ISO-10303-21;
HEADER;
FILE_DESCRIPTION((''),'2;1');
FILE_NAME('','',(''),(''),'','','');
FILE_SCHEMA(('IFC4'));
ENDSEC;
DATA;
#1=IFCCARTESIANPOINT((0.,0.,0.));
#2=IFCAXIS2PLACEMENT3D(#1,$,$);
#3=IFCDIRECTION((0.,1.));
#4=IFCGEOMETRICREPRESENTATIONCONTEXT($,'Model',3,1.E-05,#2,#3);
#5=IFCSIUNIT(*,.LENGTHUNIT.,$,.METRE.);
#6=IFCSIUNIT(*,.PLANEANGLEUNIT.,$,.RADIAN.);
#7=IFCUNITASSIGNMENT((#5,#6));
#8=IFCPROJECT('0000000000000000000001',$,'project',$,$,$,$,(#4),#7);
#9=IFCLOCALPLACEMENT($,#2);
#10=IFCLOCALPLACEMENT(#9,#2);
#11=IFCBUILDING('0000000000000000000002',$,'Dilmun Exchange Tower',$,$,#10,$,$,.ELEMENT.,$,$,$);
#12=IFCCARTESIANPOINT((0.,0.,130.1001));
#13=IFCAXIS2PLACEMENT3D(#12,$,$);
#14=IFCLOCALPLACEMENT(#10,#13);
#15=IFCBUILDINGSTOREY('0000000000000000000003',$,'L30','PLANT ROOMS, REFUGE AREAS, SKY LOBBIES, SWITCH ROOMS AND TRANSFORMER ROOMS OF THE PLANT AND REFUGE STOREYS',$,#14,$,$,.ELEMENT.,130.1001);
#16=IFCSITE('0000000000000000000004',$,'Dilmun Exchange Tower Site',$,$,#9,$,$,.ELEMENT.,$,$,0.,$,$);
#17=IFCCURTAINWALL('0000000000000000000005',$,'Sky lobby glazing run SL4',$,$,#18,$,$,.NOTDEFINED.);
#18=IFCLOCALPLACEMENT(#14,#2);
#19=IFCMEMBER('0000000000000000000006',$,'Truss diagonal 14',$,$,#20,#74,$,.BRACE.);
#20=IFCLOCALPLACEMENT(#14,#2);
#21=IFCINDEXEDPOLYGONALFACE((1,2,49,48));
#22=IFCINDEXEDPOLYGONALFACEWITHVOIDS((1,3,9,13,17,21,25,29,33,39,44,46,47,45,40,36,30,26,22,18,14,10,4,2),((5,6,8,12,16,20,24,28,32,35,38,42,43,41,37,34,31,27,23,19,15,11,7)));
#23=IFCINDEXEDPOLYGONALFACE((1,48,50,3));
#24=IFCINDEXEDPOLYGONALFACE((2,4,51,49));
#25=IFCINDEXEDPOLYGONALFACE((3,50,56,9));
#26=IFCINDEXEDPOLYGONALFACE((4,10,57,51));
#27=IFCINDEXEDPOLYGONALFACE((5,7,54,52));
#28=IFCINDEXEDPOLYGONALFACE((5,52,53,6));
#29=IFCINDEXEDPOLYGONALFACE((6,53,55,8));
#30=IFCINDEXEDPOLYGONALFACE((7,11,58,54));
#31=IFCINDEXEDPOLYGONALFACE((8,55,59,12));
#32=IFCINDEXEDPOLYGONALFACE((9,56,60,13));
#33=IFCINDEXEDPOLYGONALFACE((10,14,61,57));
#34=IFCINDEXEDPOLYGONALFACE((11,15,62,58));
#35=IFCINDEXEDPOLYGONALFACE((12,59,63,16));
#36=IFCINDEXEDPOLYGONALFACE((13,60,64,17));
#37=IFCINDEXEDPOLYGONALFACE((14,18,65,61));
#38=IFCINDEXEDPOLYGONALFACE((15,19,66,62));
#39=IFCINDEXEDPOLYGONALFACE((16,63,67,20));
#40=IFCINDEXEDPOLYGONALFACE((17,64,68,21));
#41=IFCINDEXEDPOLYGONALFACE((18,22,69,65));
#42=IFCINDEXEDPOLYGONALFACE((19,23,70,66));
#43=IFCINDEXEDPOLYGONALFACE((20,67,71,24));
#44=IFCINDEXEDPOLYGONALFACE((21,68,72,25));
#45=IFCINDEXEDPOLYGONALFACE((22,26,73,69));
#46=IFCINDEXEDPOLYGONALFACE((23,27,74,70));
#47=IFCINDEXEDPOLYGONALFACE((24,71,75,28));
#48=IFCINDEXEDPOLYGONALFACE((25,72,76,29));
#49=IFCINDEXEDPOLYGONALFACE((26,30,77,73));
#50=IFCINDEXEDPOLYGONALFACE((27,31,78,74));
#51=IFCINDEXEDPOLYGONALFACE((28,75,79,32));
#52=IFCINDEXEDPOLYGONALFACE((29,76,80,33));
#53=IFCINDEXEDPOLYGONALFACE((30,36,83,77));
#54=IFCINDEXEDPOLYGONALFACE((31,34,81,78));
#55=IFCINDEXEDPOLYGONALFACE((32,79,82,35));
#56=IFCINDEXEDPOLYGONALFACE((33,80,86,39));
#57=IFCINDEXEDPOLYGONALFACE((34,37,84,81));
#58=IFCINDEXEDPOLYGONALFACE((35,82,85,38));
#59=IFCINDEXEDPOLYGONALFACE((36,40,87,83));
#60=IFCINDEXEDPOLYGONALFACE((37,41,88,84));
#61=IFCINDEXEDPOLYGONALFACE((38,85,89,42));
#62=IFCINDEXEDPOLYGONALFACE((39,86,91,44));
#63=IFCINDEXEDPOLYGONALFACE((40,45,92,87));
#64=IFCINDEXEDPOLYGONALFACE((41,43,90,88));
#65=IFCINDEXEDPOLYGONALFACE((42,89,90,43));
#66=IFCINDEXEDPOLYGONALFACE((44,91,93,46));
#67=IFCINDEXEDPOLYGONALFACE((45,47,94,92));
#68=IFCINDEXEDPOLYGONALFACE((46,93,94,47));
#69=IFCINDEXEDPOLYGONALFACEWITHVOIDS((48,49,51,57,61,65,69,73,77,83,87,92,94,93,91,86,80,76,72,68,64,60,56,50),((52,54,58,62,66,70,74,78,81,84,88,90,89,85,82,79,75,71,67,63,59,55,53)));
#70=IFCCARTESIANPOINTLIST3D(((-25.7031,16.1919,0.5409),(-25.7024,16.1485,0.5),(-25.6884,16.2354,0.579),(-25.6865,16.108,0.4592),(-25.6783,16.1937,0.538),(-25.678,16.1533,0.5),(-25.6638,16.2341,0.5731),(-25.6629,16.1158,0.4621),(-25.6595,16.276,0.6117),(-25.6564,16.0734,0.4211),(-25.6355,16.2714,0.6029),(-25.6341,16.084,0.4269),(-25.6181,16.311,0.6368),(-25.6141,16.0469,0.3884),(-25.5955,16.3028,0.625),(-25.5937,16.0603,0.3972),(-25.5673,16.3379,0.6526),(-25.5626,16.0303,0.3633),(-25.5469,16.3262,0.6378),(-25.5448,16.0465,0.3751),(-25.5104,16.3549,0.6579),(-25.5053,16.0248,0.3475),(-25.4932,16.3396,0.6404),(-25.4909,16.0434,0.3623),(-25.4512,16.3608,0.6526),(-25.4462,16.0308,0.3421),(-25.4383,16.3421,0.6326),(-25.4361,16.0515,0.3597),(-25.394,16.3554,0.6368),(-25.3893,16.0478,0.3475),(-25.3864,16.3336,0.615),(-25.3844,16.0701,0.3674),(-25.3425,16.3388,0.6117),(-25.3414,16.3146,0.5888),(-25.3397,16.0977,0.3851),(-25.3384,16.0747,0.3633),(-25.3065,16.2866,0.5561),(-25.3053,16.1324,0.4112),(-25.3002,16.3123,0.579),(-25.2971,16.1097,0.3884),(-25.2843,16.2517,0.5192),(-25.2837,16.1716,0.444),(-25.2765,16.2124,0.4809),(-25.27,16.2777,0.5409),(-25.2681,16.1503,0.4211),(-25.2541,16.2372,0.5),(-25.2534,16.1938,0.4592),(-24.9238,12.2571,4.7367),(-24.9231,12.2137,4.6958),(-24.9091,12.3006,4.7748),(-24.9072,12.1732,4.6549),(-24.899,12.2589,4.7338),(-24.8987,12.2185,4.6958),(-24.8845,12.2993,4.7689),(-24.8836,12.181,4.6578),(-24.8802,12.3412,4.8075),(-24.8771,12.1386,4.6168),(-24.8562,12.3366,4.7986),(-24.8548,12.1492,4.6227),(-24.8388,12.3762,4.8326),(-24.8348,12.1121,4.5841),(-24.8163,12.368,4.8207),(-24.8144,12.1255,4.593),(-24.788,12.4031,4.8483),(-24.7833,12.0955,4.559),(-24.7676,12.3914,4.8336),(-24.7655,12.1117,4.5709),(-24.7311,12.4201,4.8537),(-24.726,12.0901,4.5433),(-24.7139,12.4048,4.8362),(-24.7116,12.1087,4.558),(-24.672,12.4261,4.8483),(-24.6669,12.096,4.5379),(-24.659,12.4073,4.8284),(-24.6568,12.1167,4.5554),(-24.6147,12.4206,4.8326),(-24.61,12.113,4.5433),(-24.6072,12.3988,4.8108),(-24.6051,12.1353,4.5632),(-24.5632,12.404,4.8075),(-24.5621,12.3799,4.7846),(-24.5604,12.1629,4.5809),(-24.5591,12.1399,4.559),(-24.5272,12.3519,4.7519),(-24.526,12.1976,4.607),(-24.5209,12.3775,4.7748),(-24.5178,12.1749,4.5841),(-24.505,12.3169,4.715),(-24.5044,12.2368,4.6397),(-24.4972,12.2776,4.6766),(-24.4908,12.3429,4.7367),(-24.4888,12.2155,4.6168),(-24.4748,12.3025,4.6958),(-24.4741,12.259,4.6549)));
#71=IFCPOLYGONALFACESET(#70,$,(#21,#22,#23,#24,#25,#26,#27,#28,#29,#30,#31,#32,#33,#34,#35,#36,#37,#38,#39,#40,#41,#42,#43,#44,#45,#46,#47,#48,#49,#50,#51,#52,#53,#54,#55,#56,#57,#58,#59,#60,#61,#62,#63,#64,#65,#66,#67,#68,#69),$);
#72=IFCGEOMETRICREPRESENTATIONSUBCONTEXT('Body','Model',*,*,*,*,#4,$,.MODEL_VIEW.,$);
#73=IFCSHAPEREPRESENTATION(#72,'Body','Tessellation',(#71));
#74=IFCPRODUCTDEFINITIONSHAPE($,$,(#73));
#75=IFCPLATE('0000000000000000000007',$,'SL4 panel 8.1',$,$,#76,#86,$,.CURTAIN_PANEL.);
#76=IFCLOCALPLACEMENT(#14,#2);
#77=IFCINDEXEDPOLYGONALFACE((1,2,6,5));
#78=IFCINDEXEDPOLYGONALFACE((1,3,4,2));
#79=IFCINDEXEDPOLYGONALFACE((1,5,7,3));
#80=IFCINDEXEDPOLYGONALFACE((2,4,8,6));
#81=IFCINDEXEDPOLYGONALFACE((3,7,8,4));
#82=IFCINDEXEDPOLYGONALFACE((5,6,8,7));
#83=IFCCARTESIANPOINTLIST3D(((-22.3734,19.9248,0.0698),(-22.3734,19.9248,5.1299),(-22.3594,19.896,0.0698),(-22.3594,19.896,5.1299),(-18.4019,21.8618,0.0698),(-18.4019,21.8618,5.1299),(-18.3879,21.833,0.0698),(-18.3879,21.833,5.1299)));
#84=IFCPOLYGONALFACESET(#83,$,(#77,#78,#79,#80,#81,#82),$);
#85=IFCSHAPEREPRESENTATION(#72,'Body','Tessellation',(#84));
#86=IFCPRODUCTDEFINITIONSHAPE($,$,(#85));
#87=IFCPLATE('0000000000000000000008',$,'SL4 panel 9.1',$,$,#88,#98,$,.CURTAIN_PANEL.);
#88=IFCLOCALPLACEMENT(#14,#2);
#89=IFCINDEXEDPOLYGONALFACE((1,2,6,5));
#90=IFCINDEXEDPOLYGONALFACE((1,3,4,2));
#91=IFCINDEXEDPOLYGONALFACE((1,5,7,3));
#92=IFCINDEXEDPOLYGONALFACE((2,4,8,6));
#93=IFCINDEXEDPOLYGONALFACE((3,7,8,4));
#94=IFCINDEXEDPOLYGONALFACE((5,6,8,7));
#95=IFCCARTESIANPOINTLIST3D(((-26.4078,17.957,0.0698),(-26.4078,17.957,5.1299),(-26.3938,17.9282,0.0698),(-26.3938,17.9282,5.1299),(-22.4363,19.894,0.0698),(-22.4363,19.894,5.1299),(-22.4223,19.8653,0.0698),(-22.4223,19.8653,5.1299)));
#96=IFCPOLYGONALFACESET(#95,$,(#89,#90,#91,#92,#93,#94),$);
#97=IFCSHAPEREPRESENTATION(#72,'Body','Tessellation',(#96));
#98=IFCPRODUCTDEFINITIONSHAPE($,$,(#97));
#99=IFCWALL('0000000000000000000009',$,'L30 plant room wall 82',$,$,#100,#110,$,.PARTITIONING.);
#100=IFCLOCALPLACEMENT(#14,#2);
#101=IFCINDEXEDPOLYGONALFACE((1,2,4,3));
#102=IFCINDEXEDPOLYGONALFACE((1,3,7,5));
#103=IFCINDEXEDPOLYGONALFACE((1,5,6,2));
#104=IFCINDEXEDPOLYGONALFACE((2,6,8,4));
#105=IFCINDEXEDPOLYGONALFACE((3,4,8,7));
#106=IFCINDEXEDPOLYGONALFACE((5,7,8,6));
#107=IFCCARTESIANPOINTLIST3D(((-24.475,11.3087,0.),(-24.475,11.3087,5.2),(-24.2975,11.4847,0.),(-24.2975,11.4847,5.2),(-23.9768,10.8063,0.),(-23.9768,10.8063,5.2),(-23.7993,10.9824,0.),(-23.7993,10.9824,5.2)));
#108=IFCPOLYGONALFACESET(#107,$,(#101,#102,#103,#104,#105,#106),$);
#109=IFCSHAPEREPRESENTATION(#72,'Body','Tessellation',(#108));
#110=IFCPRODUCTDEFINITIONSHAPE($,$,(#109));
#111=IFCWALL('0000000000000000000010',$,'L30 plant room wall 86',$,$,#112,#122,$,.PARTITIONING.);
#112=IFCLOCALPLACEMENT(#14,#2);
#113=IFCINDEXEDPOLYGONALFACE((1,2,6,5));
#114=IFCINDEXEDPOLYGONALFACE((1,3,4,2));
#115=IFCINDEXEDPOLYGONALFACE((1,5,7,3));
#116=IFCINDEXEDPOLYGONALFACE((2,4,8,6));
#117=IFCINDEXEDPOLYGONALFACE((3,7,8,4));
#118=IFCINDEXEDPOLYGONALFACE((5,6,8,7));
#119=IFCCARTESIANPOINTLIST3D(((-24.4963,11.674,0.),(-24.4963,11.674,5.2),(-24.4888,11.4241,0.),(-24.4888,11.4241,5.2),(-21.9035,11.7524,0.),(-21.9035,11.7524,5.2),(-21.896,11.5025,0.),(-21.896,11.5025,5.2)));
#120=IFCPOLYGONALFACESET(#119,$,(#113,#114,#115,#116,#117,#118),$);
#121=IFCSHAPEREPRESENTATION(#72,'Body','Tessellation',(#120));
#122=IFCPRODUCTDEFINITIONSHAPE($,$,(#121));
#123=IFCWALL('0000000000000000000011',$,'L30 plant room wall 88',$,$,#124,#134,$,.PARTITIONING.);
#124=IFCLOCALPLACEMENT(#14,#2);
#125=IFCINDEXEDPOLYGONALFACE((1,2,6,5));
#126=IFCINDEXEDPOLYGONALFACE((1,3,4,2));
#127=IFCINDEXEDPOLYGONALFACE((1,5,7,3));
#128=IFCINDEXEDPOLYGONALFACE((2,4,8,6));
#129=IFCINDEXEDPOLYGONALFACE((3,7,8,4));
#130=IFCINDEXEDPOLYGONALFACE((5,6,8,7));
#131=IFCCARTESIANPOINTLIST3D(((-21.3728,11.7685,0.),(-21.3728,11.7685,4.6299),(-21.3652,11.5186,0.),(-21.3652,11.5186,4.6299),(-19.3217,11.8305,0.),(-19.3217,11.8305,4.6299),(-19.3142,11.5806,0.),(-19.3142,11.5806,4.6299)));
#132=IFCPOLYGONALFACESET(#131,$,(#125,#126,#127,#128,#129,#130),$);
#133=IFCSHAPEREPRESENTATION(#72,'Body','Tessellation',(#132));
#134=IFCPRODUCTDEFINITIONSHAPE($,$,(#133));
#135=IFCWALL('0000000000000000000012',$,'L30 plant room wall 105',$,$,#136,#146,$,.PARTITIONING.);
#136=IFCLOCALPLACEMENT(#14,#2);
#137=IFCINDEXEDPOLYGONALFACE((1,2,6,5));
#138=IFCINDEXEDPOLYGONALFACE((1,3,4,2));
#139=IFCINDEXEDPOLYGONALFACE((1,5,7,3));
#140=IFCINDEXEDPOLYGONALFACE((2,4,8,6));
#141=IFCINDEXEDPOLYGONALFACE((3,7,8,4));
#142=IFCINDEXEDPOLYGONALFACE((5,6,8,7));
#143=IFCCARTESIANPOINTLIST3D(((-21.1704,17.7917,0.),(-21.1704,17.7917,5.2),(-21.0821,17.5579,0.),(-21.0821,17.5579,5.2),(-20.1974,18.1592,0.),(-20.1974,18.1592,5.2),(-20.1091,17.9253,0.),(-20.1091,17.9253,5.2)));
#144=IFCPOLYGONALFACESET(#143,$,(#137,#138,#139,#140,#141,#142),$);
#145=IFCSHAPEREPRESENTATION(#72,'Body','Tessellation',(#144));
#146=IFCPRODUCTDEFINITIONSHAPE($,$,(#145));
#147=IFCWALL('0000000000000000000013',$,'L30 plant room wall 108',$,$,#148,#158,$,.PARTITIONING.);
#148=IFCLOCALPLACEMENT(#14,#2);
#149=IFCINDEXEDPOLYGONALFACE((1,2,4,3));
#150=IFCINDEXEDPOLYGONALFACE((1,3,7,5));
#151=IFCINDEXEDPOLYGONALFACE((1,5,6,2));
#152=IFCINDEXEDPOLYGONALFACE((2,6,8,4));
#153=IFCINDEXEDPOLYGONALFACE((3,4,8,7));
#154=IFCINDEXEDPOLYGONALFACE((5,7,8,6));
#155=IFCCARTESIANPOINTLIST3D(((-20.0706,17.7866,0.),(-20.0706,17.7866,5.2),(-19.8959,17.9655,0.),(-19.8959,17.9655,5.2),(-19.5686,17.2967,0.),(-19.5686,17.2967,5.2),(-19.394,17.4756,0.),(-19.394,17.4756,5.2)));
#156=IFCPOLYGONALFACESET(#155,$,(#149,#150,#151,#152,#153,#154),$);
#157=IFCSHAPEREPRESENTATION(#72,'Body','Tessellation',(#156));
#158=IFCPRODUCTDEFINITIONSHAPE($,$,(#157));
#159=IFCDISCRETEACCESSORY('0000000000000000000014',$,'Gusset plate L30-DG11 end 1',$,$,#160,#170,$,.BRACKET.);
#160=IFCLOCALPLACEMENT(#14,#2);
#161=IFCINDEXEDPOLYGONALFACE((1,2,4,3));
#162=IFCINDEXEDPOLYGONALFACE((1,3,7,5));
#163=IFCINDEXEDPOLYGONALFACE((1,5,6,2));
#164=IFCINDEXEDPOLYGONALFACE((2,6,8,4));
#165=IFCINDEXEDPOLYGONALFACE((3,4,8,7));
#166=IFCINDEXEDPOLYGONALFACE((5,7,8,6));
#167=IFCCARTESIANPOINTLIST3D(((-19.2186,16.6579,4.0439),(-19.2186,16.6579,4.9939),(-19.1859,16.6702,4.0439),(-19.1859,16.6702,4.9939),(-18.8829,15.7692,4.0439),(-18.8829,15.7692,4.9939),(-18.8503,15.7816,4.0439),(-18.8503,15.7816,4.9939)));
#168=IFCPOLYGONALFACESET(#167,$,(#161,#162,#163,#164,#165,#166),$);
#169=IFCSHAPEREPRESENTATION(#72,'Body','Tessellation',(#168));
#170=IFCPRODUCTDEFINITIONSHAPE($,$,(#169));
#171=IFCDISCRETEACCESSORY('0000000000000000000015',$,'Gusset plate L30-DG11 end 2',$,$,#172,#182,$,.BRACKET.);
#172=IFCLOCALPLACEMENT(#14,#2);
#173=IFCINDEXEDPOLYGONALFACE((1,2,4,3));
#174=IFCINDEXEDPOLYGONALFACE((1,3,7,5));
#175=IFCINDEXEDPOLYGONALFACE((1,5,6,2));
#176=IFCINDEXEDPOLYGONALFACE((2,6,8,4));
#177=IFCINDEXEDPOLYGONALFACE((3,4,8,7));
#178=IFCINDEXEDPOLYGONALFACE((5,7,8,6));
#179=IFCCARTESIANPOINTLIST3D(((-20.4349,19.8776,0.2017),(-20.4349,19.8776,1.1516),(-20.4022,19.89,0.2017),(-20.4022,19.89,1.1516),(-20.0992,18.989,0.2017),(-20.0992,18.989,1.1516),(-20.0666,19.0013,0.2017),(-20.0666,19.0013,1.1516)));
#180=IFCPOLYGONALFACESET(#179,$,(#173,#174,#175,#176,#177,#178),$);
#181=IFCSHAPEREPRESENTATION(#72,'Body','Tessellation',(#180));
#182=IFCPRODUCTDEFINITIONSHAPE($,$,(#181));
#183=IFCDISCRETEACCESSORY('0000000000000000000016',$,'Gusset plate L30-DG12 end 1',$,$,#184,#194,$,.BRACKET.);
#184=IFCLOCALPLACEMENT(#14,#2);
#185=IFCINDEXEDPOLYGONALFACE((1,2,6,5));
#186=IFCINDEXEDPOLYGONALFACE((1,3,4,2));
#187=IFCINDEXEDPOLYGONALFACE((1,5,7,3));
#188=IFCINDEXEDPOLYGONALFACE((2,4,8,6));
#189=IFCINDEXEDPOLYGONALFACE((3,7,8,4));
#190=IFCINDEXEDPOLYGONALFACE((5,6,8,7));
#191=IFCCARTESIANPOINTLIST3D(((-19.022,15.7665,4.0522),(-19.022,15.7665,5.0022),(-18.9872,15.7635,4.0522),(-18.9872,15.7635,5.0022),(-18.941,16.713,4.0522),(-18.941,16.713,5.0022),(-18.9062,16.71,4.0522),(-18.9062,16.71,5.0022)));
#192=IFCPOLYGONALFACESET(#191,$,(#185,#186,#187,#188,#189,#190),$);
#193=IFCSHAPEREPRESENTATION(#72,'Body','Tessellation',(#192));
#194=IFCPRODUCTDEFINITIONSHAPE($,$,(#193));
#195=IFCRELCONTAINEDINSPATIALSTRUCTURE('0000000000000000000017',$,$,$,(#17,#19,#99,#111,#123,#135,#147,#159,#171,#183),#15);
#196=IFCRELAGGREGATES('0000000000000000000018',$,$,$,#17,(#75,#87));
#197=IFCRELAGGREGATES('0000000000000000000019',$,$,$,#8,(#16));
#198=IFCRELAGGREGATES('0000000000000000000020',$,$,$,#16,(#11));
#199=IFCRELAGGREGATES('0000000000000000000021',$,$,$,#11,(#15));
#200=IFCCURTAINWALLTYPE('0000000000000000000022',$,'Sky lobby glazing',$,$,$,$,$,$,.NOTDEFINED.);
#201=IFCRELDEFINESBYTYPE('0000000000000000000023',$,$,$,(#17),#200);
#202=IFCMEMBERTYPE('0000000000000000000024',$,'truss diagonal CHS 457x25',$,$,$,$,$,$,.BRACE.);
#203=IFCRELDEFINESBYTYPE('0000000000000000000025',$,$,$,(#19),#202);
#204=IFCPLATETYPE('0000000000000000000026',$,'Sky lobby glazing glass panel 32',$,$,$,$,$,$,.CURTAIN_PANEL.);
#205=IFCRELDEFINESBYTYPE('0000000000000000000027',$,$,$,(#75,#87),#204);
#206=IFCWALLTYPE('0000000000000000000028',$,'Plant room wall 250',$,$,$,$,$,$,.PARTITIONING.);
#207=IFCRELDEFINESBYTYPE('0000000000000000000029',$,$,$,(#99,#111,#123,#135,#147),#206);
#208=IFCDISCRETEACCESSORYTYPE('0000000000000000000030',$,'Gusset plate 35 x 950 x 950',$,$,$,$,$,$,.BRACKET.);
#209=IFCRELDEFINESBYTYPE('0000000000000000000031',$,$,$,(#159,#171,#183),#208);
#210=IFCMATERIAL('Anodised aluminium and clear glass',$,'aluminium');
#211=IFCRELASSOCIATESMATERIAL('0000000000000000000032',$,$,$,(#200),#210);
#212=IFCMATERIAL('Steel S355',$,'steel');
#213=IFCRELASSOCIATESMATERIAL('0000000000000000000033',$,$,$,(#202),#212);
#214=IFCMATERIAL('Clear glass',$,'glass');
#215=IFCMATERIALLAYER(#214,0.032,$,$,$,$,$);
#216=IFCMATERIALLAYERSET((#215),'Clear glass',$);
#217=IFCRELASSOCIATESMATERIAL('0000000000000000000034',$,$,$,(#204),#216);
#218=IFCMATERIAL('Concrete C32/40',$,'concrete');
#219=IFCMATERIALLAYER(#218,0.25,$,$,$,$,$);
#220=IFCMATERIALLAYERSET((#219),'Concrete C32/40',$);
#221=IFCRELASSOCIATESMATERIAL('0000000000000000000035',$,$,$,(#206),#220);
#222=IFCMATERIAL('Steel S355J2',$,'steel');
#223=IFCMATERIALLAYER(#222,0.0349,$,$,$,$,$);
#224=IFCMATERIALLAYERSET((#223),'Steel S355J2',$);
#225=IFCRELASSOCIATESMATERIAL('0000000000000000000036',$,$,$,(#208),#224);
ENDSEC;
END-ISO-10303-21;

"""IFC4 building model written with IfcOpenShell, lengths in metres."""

from ifc_helpers import new_model, si_unit, direction, frame, frame_2d, origin, origin_2d, place, context, subcontext, project, spatial, rectangle, hollow_circle, extrude, material, layer, layer_set, material_profile, profile_set, type_object, element, aggregate, save


model = new_model("IFC4")

# Units and contexts
model_context = context("Model", 3, precision=1e-05, world=origin(), true_north=direction((0.0, 1.0)))
body_context = subcontext(model_context, "Body", "Model", "MODEL_VIEW")
ifc_project = project(units=[si_unit("LENGTHUNIT", "METRE"), si_unit("PLANEANGLEUNIT", "RADIAN")], contexts=[model_context])

# Site, building, storey
site_placement = place(None, origin())
site = spatial("IfcSite", under=ifc_project, at=site_placement, Name="Dilmun Exchange Tower Site", CompositionType="ELEMENT", RefElevation=0.0)
building_placement = place(site_placement, origin())
building = spatial("IfcBuilding", under=site, at=building_placement, Name="Dilmun Exchange Tower", CompositionType="ELEMENT")
storey_placement = place(building_placement, frame((0.0, 0.0, 130.1001)))
storey = spatial("IfcBuildingStorey", under=building, at=storey_placement, Name="L30", Description="PLANT ROOMS, REFUGE AREAS, SKY LOBBIES, SWITCH ROOMS AND TRANSFORMER ROOMS OF THE PLANT AND REFUGE STOREYS", CompositionType="ELEMENT", Elevation=130.1001)

# Curtain wall
ifc_material_1 = material(Name="Anodised aluminium and clear glass", Category="aluminium")
curtain_wall_type = type_object("IfcCurtainWallType", Name="Sky lobby glazing", PredefinedType="NOTDEFINED", material=ifc_material_1)
curtain_wall_placement = place(storey_placement, origin())
curtain_wall = element("IfcCurtainWall", 1, at=curtain_wall_placement, inside=storey, type_object=curtain_wall_type, Name="Sky lobby glazing run SL4", PredefinedType="NOTDEFINED")

# Shared definitions
ifc_material_2 = material(Name="Steel S355", Category="steel")

# Member
ifc_material_profile_1 = material_profile(ifc_material_2, hollow_circle(Radius=0.2285, WallThickness=0.0249, at=origin_2d()), Name="CHS 457x25")
ifc_profile_set_1 = profile_set([ifc_material_profile_1], Name="Steel S355")
member_type_1 = type_object("IfcMemberType", Name="truss diagonal CHS 457x25", PredefinedType="BRACE", material=ifc_profile_set_1)
member_1_placement = place(storey_placement, frame((-24.699, 12.2581, 4.6958), z_axis=(-0.134252, 0.677864, -0.722825), x_axis=(-0.980946, -0.194278, 0.0)))
element("IfcMember", 2, at=member_1_placement, inside=storey, type_object=member_type_1, Name="Truss diagonal 14", PredefinedType="BRACE", context=body_context, shape_type="SweptSolid", body=[
    extrude(hollow_circle(Radius=0.2285, WallThickness=0.0249, at=origin_2d()), origin(), (0.0, 0.0, 1.0), 5.8047),
])

# Plates
ifc_material_3 = material(Name="Clear glass", Category="glass")
ifc_layer_1 = layer(ifc_material_3, 0.032)
ifc_layer_set_1 = layer_set([ifc_layer_1], Name="Clear glass")
plate_type = type_object("IfcPlateType", Name="Sky lobby glazing glass panel 32", PredefinedType="CURTAIN_PANEL", material=ifc_layer_set_1)
plate_1_placement = place(storey_placement, frame((-20.3806, 20.8789, 0.0698), z_axis=(0.0, 0.0, 1.0), x_axis=(-0.898794, -0.438371, 0.0)))
plate_1 = element("IfcPlate", 3, at=plate_1_placement, type_object=plate_type, Name="SL4 panel 8.1", PredefinedType="CURTAIN_PANEL", context=body_context, shape_type="SweptSolid", body=[
    extrude(rectangle(XDim=4.4187, YDim=0.032, at=origin_2d()), origin(), (0.0, 0.0, 1.0), 5.0601),
])
plate_2_placement = place(storey_placement, frame((-24.415, 18.9111, 0.0698), z_axis=(0.0, 0.0, 1.0), x_axis=(-0.898794, -0.438371, 0.0)))
plate_2 = element("IfcPlate", 4, at=plate_2_placement, type_object=plate_type, Name="SL4 panel 9.1", PredefinedType="CURTAIN_PANEL", context=body_context, shape_type="SweptSolid", body=[
    extrude(rectangle(XDim=4.4187, YDim=0.032, at=origin_2d()), origin(), (0.0, 0.0, 1.0), 5.0601),
])
aggregate(curtain_wall, [plate_1, plate_2])

# Walls
ifc_material_4 = material(Name="Concrete C32/40", Category="concrete")
ifc_layer_2 = layer(ifc_material_4, 0.25)
ifc_layer_set_2 = layer_set([ifc_layer_2], Name="Concrete C32/40")
wall_type = type_object("IfcWallType", Name="Plant room wall 250", PredefinedType="PARTITIONING", material=ifc_layer_set_2)
wall_1_placement = place(storey_placement, frame((-24.3862, 11.3967, 0.0), z_axis=(0.0, 0.0, 1.0), x_axis=(0.704168, -0.710033, 0.0)))
element("IfcWall", 5, at=wall_1_placement, inside=storey, type_object=wall_type, Name="L30 plant room wall 82", PredefinedType="PARTITIONING", context=body_context, shape_type="SweptSolid", body=[
    extrude(rectangle(XDim=0.7075, YDim=0.25, at=frame_2d((0.3538, 0.0))), origin(), (0.0, 0.0, 1.0), 5.2),
])
wall_2_placement = place(storey_placement, frame((-24.4924, 11.5491, 0.0), z_axis=(0.0, 0.0, 1.0), x_axis=(0.999544, 0.030212, 0.0)))
element("IfcWall", 6, at=wall_2_placement, inside=storey, type_object=wall_type, Name="L30 plant room wall 86", PredefinedType="PARTITIONING", context=body_context, shape_type="SweptSolid", body=[
    extrude(rectangle(XDim=2.594, YDim=0.25, at=frame_2d((1.2969, 0.0))), origin(), (0.0, 0.0, 1.0), 5.2),
])
wall_3_placement = place(storey_placement, frame((-21.3689, 11.6436, 0.0), z_axis=(0.0, 0.0, 1.0), x_axis=(0.999543, 0.030221, 0.0)))
element("IfcWall", 7, at=wall_3_placement, inside=storey, type_object=wall_type, Name="L30 plant room wall 88", PredefinedType="PARTITIONING", context=body_context, shape_type="SweptSolid", body=[
    extrude(rectangle(XDim=2.052, YDim=0.25, at=frame_2d((1.0259, 0.0))), origin(), (0.0, 0.0, 1.0), 4.6299),
])
wall_4_placement = place(storey_placement, frame((-21.1262, 17.6748, 0.0), z_axis=(0.0, 0.0, 1.0), x_axis=(0.935507, 0.353309, 0.0)))
element("IfcWall", 8, at=wall_4_placement, inside=storey, type_object=wall_type, Name="L30 plant room wall 105", PredefinedType="PARTITIONING", context=body_context, shape_type="SweptSolid", body=[
    extrude(rectangle(XDim=1.04, YDim=0.25, at=frame_2d((0.52, 0.0))), origin(), (0.0, 0.0, 1.0), 5.2),
])
wall_5_placement = place(storey_placement, frame((-19.9832, 17.876, 0.0), z_axis=(0.0, 0.0, 1.0), x_axis=(0.715582, -0.698528, 0.0)))
element("IfcWall", 9, at=wall_5_placement, inside=storey, type_object=wall_type, Name="L30 plant room wall 108", PredefinedType="PARTITIONING", context=body_context, shape_type="SweptSolid", body=[
    extrude(rectangle(XDim=0.7014, YDim=0.25, at=frame_2d((0.3506, 0.0))), origin(), (0.0, 0.0, 1.0), 5.2),
])

# Discrete accessories
ifc_material_5 = material(Name="Steel S355J2", Category="steel")
ifc_layer_3 = layer(ifc_material_5, 0.0349)
ifc_layer_set_3 = layer_set([ifc_layer_3], Name="Steel S355J2")
discrete_accessory_type = type_object("IfcDiscreteAccessoryType", Name="Gusset plate 35 x 950 x 950", PredefinedType="BRACKET", material=ifc_layer_set_3)
for number, where, z_axis, x_axis, name in (
    (10, (-19.0344, 16.2197, 4.0439), (0.0, 0.0, 1.0), (-0.353367, 0.935485, 0.0), "Gusset plate L30-DG11 end 1"),
    (11, (-20.2507, 19.4395, 0.2017), (0.0, 0.0, 1.0), (-0.353367, 0.935485, 0.0), "Gusset plate L30-DG11 end 2"),
    (12, (-18.9641, 16.2383, 4.0522), (0.0, 0.0, 1.0), (0.085328, 0.996353, 0.0), "Gusset plate L30-DG12 end 1"),
):
    element("IfcDiscreteAccessory", number, at=place(storey_placement, frame(where, z_axis=z_axis, x_axis=x_axis)), inside=storey, type_object=discrete_accessory_type, Name=name, PredefinedType="BRACKET", context=body_context, shape_type="SweptSolid", body=[
        extrude(rectangle(XDim=0.95, YDim=0.0349, at=origin_2d()), origin(), (0.0, 0.0, 1.0), 0.95),
    ])

save(model, "model.ifc")
